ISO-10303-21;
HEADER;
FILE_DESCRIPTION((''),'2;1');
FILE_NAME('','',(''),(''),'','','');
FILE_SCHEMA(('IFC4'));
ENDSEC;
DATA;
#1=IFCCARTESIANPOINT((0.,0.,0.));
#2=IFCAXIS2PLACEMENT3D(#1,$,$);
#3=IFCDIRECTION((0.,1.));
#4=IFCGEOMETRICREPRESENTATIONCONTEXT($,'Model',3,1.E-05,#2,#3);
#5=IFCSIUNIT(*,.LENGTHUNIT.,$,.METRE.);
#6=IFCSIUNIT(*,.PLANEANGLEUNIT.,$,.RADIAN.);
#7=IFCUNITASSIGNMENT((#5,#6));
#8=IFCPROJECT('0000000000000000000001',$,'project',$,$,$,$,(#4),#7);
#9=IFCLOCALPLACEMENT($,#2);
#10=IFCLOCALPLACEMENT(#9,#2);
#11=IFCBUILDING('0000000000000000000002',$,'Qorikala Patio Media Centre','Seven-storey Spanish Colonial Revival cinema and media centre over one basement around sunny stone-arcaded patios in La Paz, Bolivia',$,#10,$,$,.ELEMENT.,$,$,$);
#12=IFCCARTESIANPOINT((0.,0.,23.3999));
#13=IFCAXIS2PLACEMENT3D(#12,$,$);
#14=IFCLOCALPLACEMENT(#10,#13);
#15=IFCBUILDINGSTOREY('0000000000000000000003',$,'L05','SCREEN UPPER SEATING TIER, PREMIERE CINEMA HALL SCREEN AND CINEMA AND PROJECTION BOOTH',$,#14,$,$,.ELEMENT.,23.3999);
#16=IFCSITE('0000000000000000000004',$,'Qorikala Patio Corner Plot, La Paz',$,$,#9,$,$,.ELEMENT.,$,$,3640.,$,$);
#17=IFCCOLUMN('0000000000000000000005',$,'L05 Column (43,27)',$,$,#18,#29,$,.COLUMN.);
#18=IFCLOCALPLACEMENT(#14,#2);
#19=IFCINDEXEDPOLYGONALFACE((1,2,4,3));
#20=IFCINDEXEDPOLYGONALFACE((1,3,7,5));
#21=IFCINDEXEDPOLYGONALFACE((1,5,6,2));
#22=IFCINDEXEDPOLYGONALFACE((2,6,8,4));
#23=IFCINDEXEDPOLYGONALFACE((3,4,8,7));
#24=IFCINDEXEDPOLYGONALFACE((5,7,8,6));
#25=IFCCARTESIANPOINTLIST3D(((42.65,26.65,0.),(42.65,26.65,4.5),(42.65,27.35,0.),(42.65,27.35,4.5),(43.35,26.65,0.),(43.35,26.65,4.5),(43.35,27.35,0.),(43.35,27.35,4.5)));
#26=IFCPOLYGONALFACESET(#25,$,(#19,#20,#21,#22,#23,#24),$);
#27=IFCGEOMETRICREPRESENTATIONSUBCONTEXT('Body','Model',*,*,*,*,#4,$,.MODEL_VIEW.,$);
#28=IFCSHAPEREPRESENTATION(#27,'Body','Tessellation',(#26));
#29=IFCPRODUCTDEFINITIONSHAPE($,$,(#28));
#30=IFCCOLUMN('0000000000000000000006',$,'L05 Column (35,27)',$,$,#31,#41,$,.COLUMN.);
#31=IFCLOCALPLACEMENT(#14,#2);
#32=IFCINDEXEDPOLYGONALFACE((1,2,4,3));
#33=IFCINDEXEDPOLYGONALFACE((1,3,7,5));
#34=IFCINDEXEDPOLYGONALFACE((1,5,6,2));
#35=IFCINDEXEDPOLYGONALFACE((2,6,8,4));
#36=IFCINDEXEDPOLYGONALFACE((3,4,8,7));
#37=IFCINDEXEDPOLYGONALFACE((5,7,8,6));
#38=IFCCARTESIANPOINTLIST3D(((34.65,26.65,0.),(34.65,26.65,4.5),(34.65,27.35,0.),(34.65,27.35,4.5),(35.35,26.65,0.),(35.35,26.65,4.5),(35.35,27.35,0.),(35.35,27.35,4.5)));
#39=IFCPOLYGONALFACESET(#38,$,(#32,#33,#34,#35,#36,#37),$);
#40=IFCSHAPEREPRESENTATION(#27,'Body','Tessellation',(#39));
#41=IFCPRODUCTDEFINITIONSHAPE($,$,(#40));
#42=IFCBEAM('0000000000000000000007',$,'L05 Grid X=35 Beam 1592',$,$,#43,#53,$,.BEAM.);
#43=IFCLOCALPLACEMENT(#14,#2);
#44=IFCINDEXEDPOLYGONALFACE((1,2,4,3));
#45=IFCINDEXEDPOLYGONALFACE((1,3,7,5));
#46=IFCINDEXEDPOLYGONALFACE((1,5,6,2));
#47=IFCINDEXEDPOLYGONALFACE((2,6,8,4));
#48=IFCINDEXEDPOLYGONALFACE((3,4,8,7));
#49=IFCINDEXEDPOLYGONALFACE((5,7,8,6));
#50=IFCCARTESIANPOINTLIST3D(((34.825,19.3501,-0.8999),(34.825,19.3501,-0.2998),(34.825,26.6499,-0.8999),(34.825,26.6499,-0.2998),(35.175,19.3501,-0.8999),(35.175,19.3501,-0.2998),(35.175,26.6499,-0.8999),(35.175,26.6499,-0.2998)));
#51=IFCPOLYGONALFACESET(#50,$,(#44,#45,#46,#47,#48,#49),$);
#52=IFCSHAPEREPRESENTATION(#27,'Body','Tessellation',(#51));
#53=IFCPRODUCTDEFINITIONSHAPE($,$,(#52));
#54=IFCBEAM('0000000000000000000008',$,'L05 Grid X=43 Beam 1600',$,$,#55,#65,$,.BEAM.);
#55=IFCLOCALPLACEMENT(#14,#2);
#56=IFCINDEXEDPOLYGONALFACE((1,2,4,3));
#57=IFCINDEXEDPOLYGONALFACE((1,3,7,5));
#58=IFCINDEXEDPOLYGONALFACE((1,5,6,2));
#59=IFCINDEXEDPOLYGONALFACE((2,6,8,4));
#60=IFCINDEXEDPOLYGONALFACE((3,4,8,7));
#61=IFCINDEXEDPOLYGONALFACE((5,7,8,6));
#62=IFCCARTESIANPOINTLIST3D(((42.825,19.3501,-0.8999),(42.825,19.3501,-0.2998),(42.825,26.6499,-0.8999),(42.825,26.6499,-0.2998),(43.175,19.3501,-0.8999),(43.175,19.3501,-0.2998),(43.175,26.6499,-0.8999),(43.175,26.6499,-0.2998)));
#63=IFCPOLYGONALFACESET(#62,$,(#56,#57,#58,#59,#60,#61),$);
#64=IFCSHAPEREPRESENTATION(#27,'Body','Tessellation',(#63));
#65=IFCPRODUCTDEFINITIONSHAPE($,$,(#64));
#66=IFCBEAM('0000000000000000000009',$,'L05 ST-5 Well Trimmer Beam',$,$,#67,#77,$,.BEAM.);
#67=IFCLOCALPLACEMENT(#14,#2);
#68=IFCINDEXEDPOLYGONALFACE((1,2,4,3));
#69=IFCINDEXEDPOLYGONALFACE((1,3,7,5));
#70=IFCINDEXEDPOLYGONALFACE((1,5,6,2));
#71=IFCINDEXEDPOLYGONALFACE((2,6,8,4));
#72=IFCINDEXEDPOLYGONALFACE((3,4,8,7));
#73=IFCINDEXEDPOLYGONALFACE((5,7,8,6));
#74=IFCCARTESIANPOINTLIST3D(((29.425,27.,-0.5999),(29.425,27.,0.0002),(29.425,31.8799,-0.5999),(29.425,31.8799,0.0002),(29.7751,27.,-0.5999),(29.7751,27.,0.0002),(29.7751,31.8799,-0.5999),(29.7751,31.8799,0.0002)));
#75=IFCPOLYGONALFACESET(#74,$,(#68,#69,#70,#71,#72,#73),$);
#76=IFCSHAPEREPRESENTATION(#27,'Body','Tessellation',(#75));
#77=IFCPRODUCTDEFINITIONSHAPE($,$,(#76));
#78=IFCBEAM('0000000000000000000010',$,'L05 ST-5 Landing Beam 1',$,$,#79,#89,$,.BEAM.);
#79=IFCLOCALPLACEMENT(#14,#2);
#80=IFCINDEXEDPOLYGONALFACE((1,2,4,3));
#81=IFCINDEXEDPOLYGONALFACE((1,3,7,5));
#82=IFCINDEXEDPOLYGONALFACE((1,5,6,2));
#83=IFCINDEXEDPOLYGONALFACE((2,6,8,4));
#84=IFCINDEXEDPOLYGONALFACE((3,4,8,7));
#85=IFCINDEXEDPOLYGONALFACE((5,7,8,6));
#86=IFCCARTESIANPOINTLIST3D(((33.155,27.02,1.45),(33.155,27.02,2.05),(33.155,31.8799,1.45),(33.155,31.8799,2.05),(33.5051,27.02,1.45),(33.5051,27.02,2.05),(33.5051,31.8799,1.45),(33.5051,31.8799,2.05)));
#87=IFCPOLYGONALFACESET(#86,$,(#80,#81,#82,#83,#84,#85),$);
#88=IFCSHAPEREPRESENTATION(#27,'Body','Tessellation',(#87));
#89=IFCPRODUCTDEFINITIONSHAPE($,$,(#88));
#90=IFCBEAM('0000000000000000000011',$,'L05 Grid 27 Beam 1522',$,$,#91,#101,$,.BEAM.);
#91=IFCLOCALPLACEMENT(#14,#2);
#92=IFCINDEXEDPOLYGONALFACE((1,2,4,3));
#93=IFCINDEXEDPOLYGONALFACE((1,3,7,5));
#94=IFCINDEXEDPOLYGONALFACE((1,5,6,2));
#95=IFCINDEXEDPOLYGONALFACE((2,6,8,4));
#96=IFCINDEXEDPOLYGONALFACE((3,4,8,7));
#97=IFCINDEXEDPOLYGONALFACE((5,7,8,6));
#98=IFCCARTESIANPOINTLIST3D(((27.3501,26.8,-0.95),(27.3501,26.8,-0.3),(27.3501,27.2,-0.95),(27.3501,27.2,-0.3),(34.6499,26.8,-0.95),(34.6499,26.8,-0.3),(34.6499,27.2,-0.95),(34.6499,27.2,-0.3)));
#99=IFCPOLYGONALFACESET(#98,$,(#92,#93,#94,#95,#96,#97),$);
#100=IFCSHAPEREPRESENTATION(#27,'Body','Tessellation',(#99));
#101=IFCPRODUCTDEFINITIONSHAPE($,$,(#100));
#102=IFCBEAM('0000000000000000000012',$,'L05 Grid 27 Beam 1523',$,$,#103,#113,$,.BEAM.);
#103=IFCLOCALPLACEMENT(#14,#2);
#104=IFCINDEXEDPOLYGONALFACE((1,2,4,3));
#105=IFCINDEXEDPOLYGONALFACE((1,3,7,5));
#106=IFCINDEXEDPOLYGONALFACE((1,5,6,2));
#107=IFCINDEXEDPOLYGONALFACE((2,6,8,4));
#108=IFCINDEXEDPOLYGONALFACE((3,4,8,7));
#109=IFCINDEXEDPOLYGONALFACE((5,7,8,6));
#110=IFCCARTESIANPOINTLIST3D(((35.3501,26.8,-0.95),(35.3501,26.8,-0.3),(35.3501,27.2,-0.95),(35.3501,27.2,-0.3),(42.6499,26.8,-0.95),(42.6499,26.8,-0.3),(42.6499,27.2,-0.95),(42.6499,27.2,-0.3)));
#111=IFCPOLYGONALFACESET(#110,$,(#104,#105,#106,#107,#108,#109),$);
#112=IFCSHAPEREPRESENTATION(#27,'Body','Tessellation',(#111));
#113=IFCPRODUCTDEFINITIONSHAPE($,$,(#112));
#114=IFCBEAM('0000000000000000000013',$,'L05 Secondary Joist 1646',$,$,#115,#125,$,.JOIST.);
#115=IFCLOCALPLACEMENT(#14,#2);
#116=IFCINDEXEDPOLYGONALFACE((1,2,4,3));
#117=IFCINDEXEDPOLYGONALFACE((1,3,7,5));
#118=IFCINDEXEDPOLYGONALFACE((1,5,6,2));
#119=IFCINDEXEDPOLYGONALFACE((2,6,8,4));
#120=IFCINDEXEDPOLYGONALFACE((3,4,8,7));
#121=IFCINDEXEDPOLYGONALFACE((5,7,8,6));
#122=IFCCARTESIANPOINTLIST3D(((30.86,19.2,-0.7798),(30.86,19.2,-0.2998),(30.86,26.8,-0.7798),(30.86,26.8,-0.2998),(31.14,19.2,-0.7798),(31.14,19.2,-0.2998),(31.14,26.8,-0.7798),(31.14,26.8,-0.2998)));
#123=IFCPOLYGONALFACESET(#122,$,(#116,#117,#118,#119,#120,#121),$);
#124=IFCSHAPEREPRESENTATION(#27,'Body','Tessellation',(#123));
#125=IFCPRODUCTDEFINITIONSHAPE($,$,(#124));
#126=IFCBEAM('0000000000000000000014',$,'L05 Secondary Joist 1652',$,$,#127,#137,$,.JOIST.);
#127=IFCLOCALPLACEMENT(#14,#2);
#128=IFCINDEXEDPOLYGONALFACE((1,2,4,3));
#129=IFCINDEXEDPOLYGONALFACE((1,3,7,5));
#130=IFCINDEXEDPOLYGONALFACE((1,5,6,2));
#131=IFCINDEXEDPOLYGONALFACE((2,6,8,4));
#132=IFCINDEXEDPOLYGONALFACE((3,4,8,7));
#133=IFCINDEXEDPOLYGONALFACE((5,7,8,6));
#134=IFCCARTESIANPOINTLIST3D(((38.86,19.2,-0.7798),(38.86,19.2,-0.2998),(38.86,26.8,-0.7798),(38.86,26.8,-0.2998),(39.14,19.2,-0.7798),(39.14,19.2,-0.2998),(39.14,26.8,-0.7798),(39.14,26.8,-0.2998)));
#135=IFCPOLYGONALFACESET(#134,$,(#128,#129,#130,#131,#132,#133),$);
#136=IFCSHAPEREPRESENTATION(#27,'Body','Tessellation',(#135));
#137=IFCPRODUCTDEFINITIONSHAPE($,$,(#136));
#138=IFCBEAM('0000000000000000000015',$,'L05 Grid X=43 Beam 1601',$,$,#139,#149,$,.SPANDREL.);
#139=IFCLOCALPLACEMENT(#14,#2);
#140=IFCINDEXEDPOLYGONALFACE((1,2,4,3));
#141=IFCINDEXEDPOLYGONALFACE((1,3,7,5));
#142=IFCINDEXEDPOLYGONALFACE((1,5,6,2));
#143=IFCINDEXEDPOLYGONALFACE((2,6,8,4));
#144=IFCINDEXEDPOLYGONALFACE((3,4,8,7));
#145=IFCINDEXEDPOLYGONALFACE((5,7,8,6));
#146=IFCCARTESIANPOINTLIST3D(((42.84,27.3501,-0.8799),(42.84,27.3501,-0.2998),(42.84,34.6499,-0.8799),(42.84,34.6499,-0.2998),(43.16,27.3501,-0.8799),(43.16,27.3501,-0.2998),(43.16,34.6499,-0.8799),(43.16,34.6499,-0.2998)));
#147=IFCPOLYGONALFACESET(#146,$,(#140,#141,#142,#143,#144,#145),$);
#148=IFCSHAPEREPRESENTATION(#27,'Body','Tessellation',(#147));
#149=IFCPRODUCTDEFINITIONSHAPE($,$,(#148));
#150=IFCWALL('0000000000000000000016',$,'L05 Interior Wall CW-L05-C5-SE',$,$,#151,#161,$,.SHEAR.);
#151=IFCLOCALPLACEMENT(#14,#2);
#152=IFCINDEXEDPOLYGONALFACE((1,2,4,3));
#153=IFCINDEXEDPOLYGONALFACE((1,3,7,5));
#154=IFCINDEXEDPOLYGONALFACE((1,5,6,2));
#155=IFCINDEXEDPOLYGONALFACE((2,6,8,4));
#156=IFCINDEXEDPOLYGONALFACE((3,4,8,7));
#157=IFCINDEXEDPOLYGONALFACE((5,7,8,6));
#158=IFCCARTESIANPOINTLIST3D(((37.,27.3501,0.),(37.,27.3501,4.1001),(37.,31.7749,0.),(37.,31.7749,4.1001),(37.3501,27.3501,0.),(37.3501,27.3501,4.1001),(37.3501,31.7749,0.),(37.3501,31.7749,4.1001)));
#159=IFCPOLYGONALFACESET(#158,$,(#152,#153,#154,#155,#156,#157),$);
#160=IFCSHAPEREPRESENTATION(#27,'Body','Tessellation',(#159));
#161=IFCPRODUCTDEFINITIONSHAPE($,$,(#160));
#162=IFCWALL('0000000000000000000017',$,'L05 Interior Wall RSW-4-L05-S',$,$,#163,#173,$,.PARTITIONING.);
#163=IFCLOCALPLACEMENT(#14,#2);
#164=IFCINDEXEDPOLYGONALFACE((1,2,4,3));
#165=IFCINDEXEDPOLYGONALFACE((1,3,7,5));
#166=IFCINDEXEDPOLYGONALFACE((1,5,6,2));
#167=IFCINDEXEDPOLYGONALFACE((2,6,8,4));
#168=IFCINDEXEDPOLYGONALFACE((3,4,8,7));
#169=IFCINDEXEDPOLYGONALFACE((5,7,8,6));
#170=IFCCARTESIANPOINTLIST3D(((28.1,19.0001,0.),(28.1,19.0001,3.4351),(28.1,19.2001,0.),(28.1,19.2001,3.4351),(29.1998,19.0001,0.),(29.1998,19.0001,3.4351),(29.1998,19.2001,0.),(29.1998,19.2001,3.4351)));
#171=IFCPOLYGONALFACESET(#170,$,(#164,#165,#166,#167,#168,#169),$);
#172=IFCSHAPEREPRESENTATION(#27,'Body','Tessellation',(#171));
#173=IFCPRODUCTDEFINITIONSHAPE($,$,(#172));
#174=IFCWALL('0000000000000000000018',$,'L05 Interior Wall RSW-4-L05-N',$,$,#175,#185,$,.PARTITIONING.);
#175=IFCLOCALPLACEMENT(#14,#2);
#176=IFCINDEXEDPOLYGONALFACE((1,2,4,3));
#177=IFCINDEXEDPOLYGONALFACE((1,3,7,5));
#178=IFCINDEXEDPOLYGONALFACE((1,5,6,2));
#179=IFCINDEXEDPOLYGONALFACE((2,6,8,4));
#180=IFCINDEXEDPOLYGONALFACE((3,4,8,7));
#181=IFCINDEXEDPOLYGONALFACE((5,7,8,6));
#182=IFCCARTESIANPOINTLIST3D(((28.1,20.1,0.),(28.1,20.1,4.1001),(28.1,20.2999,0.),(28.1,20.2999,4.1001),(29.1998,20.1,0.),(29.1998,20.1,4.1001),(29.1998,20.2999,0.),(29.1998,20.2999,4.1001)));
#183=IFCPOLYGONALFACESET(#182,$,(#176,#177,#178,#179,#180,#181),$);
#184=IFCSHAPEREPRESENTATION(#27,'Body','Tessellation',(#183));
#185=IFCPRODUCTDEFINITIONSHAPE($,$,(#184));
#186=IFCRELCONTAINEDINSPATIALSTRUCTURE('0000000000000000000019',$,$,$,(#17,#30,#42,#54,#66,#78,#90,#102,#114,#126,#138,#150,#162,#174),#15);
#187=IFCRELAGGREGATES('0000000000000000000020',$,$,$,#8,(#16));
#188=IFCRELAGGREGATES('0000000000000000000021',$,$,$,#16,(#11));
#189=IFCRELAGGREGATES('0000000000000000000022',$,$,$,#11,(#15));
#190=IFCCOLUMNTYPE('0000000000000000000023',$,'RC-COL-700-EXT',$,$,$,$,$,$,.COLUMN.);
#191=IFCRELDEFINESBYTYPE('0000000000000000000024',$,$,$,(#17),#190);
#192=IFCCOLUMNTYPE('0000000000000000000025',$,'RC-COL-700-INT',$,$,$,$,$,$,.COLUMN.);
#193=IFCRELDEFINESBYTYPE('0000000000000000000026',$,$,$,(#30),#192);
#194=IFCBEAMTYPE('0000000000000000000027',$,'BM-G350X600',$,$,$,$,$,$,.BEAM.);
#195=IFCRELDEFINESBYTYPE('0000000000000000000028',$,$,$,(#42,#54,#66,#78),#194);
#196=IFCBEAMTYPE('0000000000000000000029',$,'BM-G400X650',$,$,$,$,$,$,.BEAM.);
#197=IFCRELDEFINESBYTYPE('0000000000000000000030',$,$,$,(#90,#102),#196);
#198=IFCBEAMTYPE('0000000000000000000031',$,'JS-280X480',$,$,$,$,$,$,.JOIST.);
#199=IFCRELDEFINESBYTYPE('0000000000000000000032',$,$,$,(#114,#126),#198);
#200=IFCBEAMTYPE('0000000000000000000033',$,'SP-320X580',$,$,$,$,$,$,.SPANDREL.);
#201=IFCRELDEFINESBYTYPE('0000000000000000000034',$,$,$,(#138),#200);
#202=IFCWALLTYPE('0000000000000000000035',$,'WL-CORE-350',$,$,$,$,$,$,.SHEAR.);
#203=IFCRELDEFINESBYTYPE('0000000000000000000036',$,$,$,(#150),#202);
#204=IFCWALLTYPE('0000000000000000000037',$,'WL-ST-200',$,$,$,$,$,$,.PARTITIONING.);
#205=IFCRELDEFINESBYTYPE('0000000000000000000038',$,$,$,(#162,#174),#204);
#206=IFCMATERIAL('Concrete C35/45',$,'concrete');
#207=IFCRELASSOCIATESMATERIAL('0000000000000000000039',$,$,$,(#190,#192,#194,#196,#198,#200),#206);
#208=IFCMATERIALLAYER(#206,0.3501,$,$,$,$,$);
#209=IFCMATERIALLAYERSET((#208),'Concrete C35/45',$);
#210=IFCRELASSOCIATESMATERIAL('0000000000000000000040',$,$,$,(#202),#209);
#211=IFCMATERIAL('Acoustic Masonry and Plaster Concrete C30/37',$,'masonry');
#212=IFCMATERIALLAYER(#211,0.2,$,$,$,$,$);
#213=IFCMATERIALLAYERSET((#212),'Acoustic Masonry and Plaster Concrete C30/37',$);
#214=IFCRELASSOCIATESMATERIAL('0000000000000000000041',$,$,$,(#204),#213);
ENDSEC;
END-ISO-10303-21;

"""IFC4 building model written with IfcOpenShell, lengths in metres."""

from ifc_helpers import new_model, si_unit, direction, frame, frame_2d, origin, origin_2d, place, context, subcontext, project, spatial, rectangle, extrude, material, layer, layer_set, material_profile, profile_set, type_object, element, save


model = new_model("IFC4")

# Units and contexts
model_context = context("Model", 3, precision=1e-05, world=origin(), true_north=direction((0.0, 1.0)))
body_context = subcontext(model_context, "Body", "Model", "MODEL_VIEW")
ifc_project = project(units=[si_unit("LENGTHUNIT", "METRE"), si_unit("PLANEANGLEUNIT", "RADIAN")], contexts=[model_context])

# Site, building, storey
site_placement = place(None, origin())
site = spatial("IfcSite", under=ifc_project, at=site_placement, Name="Qorikala Patio Corner Plot, La Paz", CompositionType="ELEMENT", RefElevation=3640.0)
building_placement = place(site_placement, origin())
building = spatial("IfcBuilding", under=site, at=building_placement, Name="Qorikala Patio Media Centre", Description="Seven-storey Spanish Colonial Revival cinema and media centre over one basement around sunny stone-arcaded patios in La Paz, Bolivia", CompositionType="ELEMENT")
storey_placement = place(building_placement, frame((0.0, 0.0, 23.3999)))
storey = spatial("IfcBuildingStorey", under=building, at=storey_placement, Name="L05", Description="SCREEN UPPER SEATING TIER, PREMIERE CINEMA HALL SCREEN AND CINEMA AND PROJECTION BOOTH", CompositionType="ELEMENT", Elevation=23.3999)

# Columns
ifc_material_1 = material(Name="Concrete C35/45", Category="concrete")
ifc_material_profile_1 = material_profile(ifc_material_1, rectangle(XDim=0.7, YDim=0.7, at=origin_2d()), Name="RC 700x700")
ifc_profile_set_1 = profile_set([ifc_material_profile_1], Name="Concrete C35/45")
column_type_1 = type_object("IfcColumnType", Name="RC-COL-700-EXT", PredefinedType="COLUMN", material=ifc_profile_set_1)
column_1_placement = place(storey_placement, frame((43.0, 27.0, 0.0), z_axis=(0.0, 0.0, 1.0), x_axis=(1.0, 0.0, 0.0)))
element("IfcColumn", 1, at=column_1_placement, inside=storey, type_object=column_type_1, Name="L05 Column (43,27)", PredefinedType="COLUMN", context=body_context, shape_type="SweptSolid", body=[
    extrude(rectangle(XDim=0.7, YDim=0.7, at=origin_2d()), origin(), (0.0, 0.0, 1.0), 4.5),
])
ifc_material_profile_2 = material_profile(ifc_material_1, rectangle(XDim=0.7, YDim=0.7, at=origin_2d()), Name="RC 700x700")
ifc_profile_set_2 = profile_set([ifc_material_profile_2], Name="Concrete C35/45")
column_type_2 = type_object("IfcColumnType", Name="RC-COL-700-INT", PredefinedType="COLUMN", material=ifc_profile_set_2)
column_2_placement = place(storey_placement, frame((35.0, 27.0, 0.0), z_axis=(0.0, 0.0, 1.0), x_axis=(1.0, 0.0, 0.0)))
element("IfcColumn", 2, at=column_2_placement, inside=storey, type_object=column_type_2, Name="L05 Column (35,27)", PredefinedType="COLUMN", context=body_context, shape_type="SweptSolid", body=[
    extrude(rectangle(XDim=0.7, YDim=0.7, at=origin_2d()), origin(), (0.0, 0.0, 1.0), 4.5),
])

# Beams
ifc_material_profile_3 = material_profile(ifc_material_1, rectangle(XDim=0.3501, YDim=0.6001, at=origin_2d()), Name="RC 350x600")
ifc_profile_set_3 = profile_set([ifc_material_profile_3], Name="Concrete C35/45")
beam_type_1 = type_object("IfcBeamType", Name="BM-G350X600", PredefinedType="BEAM", material=ifc_profile_set_3)
for number, where, z_axis, x_axis, name in (
    (3, (35.0, 19.3501, -0.5999), (0.0, 1.0, 0.0), (-1.0, 0.0, 0.0), "L05 Grid X=35 Beam 1592"),
    (4, (43.0, 19.3501, -0.5999), (0.0, 1.0, 0.0), (-1.0, 0.0, 0.0), "L05 Grid X=43 Beam 1600"),
):
    element("IfcBeam", number, at=place(storey_placement, frame(where, z_axis=z_axis, x_axis=x_axis)), inside=storey, type_object=beam_type_1, Name=name, PredefinedType="BEAM", context=body_context, shape_type="SweptSolid", body=[
        extrude(rectangle(XDim=0.3501, YDim=0.6001, at=origin_2d()), origin(), (0.0, 0.0, 1.0), 7.2998),
    ])
beam_1_placement = place(storey_placement, frame((29.6001, 27.0, -0.2998), z_axis=(0.0, 1.0, 0.0), x_axis=(-1.0, 0.0, 0.0)))
element("IfcBeam", 5, at=beam_1_placement, inside=storey, type_object=beam_type_1, Name="L05 ST-5 Well Trimmer Beam", PredefinedType="BEAM", context=body_context, shape_type="SweptSolid", body=[
    extrude(rectangle(XDim=0.3501, YDim=0.6001, at=origin_2d()), origin(), (0.0, 0.0, 1.0), 4.8799),
])
beam_2_placement = place(storey_placement, frame((33.3301, 27.02, 1.75), z_axis=(0.0, 1.0, 0.0), x_axis=(-1.0, 0.0, 0.0)))
element("IfcBeam", 6, at=beam_2_placement, inside=storey, type_object=beam_type_1, Name="L05 ST-5 Landing Beam 1", PredefinedType="BEAM", context=body_context, shape_type="SweptSolid", body=[
    extrude(rectangle(XDim=0.3501, YDim=0.6001, at=origin_2d()), origin(), (0.0, 0.0, 1.0), 4.8599),
])
ifc_material_profile_4 = material_profile(ifc_material_1, rectangle(XDim=0.3999, YDim=0.6499, at=origin_2d()), Name="RC 400x650")
ifc_profile_set_4 = profile_set([ifc_material_profile_4], Name="Concrete C35/45")
beam_type_2 = type_object("IfcBeamType", Name="BM-G400X650", PredefinedType="BEAM", material=ifc_profile_set_4)
for number, where, z_axis, x_axis, name in (
    (7, (27.3501, 27.0, -0.625), (1.0, 0.0, 0.0), (0.0, 1.0, 0.0), "L05 Grid 27 Beam 1522"),
    (8, (35.3501, 27.0, -0.625), (1.0, 0.0, 0.0), (0.0, 1.0, 0.0), "L05 Grid 27 Beam 1523"),
):
    element("IfcBeam", number, at=place(storey_placement, frame(where, z_axis=z_axis, x_axis=x_axis)), inside=storey, type_object=beam_type_2, Name=name, PredefinedType="BEAM", context=body_context, shape_type="SweptSolid", body=[
        extrude(rectangle(XDim=0.3999, YDim=0.6499, at=origin_2d()), origin(), (0.0, 0.0, 1.0), 7.2998),
    ])
ifc_material_profile_5 = material_profile(ifc_material_1, rectangle(XDim=0.28, YDim=0.48, at=origin_2d()), Name="RC 280x480")
ifc_profile_set_5 = profile_set([ifc_material_profile_5], Name="Concrete C35/45")
beam_type_3 = type_object("IfcBeamType", Name="JS-280X480", PredefinedType="JOIST", material=ifc_profile_set_5)
for number, where, z_axis, x_axis, name in (
    (9, (31.0, 19.2, -0.5398), (0.0, 1.0, 0.0), (-1.0, 0.0, 0.0), "L05 Secondary Joist 1646"),
    (10, (39.0, 19.2, -0.5398), (0.0, 1.0, 0.0), (-1.0, 0.0, 0.0), "L05 Secondary Joist 1652"),
):
    element("IfcBeam", number, at=place(storey_placement, frame(where, z_axis=z_axis, x_axis=x_axis)), inside=storey, type_object=beam_type_3, Name=name, PredefinedType="JOIST", context=body_context, shape_type="SweptSolid", body=[
        extrude(rectangle(XDim=0.28, YDim=0.48, at=origin_2d()), origin(), (0.0, 0.0, 1.0), 7.6001),
    ])
ifc_material_profile_6 = material_profile(ifc_material_1, rectangle(XDim=0.3201, YDim=0.5801, at=origin_2d()), Name="RC 320x580")
ifc_profile_set_6 = profile_set([ifc_material_profile_6], Name="Concrete C35/45")
beam_type_4 = type_object("IfcBeamType", Name="SP-320X580", PredefinedType="SPANDREL", material=ifc_profile_set_6)
beam_3_placement = place(storey_placement, frame((43.0, 27.3501, -0.5898), z_axis=(0.0, 1.0, 0.0), x_axis=(-1.0, 0.0, 0.0)))
element("IfcBeam", 11, at=beam_3_placement, inside=storey, type_object=beam_type_4, Name="L05 Grid X=43 Beam 1601", PredefinedType="SPANDREL", context=body_context, shape_type="SweptSolid", body=[
    extrude(rectangle(XDim=0.3201, YDim=0.5801, at=origin_2d()), origin(), (0.0, 0.0, 1.0), 7.2998),
])

# Walls
ifc_layer_1 = layer(ifc_material_1, 0.3501)
ifc_layer_set_1 = layer_set([ifc_layer_1], Name="Concrete C35/45")
wall_type_1 = type_object("IfcWallType", Name="WL-CORE-350", PredefinedType="SHEAR", material=ifc_layer_set_1)
wall_1_placement = place(storey_placement, frame((37.175, 27.3501, 0.0), z_axis=(0.0, 0.0, 1.0), x_axis=(0.0, 1.0, 0.0)))
element("IfcWall", 12, at=wall_1_placement, inside=storey, type_object=wall_type_1, Name="L05 Interior Wall CW-L05-C5-SE", PredefinedType="SHEAR", context=body_context, shape_type="SweptSolid", body=[
    extrude(rectangle(XDim=4.4248, YDim=0.3501, at=frame_2d((2.2124, 0.0))), origin(), (0.0, 0.0, 1.0), 4.1001),
])
ifc_material_2 = material(Name="Acoustic Masonry and Plaster Concrete C30/37", Category="masonry")
ifc_layer_2 = layer(ifc_material_2, 0.2)
ifc_layer_set_2 = layer_set([ifc_layer_2], Name="Acoustic Masonry and Plaster Concrete C30/37")
wall_type_2 = type_object("IfcWallType", Name="WL-ST-200", PredefinedType="PARTITIONING", material=ifc_layer_set_2)
wall_2_placement = place(storey_placement, frame((28.1001, 19.1001, 0.0), z_axis=(0.0, 0.0, 1.0), x_axis=(1.0, 0.0, 0.0)))
element("IfcWall", 13, at=wall_2_placement, inside=storey, type_object=wall_type_2, Name="L05 Interior Wall RSW-4-L05-S", PredefinedType="PARTITIONING", context=body_context, shape_type="SweptSolid", body=[
    extrude(rectangle(XDim=1.0999, YDim=0.2, at=frame_2d((0.5498, 0.0))), origin(), (0.0, 0.0, 1.0), 3.4351),
])
for number, where, z_axis, x_axis, name in (
    (14, (28.1001, 20.2, 0.0), (0.0, 0.0, 1.0), (1.0, 0.0, 0.0), "L05 Interior Wall RSW-4-L05-N"),
):
    element("IfcWall", number, at=place(storey_placement, frame(where, z_axis=z_axis, x_axis=x_axis)), inside=storey, type_object=wall_type_2, Name=name, PredefinedType="PARTITIONING", context=body_context, shape_type="SweptSolid", body=[
        extrude(rectangle(XDim=1.0999, YDim=0.2, at=frame_2d((0.5498, 0.0))), origin(), (0.0, 0.0, 1.0), 4.1001),
    ])

save(model, "model.ifc")
